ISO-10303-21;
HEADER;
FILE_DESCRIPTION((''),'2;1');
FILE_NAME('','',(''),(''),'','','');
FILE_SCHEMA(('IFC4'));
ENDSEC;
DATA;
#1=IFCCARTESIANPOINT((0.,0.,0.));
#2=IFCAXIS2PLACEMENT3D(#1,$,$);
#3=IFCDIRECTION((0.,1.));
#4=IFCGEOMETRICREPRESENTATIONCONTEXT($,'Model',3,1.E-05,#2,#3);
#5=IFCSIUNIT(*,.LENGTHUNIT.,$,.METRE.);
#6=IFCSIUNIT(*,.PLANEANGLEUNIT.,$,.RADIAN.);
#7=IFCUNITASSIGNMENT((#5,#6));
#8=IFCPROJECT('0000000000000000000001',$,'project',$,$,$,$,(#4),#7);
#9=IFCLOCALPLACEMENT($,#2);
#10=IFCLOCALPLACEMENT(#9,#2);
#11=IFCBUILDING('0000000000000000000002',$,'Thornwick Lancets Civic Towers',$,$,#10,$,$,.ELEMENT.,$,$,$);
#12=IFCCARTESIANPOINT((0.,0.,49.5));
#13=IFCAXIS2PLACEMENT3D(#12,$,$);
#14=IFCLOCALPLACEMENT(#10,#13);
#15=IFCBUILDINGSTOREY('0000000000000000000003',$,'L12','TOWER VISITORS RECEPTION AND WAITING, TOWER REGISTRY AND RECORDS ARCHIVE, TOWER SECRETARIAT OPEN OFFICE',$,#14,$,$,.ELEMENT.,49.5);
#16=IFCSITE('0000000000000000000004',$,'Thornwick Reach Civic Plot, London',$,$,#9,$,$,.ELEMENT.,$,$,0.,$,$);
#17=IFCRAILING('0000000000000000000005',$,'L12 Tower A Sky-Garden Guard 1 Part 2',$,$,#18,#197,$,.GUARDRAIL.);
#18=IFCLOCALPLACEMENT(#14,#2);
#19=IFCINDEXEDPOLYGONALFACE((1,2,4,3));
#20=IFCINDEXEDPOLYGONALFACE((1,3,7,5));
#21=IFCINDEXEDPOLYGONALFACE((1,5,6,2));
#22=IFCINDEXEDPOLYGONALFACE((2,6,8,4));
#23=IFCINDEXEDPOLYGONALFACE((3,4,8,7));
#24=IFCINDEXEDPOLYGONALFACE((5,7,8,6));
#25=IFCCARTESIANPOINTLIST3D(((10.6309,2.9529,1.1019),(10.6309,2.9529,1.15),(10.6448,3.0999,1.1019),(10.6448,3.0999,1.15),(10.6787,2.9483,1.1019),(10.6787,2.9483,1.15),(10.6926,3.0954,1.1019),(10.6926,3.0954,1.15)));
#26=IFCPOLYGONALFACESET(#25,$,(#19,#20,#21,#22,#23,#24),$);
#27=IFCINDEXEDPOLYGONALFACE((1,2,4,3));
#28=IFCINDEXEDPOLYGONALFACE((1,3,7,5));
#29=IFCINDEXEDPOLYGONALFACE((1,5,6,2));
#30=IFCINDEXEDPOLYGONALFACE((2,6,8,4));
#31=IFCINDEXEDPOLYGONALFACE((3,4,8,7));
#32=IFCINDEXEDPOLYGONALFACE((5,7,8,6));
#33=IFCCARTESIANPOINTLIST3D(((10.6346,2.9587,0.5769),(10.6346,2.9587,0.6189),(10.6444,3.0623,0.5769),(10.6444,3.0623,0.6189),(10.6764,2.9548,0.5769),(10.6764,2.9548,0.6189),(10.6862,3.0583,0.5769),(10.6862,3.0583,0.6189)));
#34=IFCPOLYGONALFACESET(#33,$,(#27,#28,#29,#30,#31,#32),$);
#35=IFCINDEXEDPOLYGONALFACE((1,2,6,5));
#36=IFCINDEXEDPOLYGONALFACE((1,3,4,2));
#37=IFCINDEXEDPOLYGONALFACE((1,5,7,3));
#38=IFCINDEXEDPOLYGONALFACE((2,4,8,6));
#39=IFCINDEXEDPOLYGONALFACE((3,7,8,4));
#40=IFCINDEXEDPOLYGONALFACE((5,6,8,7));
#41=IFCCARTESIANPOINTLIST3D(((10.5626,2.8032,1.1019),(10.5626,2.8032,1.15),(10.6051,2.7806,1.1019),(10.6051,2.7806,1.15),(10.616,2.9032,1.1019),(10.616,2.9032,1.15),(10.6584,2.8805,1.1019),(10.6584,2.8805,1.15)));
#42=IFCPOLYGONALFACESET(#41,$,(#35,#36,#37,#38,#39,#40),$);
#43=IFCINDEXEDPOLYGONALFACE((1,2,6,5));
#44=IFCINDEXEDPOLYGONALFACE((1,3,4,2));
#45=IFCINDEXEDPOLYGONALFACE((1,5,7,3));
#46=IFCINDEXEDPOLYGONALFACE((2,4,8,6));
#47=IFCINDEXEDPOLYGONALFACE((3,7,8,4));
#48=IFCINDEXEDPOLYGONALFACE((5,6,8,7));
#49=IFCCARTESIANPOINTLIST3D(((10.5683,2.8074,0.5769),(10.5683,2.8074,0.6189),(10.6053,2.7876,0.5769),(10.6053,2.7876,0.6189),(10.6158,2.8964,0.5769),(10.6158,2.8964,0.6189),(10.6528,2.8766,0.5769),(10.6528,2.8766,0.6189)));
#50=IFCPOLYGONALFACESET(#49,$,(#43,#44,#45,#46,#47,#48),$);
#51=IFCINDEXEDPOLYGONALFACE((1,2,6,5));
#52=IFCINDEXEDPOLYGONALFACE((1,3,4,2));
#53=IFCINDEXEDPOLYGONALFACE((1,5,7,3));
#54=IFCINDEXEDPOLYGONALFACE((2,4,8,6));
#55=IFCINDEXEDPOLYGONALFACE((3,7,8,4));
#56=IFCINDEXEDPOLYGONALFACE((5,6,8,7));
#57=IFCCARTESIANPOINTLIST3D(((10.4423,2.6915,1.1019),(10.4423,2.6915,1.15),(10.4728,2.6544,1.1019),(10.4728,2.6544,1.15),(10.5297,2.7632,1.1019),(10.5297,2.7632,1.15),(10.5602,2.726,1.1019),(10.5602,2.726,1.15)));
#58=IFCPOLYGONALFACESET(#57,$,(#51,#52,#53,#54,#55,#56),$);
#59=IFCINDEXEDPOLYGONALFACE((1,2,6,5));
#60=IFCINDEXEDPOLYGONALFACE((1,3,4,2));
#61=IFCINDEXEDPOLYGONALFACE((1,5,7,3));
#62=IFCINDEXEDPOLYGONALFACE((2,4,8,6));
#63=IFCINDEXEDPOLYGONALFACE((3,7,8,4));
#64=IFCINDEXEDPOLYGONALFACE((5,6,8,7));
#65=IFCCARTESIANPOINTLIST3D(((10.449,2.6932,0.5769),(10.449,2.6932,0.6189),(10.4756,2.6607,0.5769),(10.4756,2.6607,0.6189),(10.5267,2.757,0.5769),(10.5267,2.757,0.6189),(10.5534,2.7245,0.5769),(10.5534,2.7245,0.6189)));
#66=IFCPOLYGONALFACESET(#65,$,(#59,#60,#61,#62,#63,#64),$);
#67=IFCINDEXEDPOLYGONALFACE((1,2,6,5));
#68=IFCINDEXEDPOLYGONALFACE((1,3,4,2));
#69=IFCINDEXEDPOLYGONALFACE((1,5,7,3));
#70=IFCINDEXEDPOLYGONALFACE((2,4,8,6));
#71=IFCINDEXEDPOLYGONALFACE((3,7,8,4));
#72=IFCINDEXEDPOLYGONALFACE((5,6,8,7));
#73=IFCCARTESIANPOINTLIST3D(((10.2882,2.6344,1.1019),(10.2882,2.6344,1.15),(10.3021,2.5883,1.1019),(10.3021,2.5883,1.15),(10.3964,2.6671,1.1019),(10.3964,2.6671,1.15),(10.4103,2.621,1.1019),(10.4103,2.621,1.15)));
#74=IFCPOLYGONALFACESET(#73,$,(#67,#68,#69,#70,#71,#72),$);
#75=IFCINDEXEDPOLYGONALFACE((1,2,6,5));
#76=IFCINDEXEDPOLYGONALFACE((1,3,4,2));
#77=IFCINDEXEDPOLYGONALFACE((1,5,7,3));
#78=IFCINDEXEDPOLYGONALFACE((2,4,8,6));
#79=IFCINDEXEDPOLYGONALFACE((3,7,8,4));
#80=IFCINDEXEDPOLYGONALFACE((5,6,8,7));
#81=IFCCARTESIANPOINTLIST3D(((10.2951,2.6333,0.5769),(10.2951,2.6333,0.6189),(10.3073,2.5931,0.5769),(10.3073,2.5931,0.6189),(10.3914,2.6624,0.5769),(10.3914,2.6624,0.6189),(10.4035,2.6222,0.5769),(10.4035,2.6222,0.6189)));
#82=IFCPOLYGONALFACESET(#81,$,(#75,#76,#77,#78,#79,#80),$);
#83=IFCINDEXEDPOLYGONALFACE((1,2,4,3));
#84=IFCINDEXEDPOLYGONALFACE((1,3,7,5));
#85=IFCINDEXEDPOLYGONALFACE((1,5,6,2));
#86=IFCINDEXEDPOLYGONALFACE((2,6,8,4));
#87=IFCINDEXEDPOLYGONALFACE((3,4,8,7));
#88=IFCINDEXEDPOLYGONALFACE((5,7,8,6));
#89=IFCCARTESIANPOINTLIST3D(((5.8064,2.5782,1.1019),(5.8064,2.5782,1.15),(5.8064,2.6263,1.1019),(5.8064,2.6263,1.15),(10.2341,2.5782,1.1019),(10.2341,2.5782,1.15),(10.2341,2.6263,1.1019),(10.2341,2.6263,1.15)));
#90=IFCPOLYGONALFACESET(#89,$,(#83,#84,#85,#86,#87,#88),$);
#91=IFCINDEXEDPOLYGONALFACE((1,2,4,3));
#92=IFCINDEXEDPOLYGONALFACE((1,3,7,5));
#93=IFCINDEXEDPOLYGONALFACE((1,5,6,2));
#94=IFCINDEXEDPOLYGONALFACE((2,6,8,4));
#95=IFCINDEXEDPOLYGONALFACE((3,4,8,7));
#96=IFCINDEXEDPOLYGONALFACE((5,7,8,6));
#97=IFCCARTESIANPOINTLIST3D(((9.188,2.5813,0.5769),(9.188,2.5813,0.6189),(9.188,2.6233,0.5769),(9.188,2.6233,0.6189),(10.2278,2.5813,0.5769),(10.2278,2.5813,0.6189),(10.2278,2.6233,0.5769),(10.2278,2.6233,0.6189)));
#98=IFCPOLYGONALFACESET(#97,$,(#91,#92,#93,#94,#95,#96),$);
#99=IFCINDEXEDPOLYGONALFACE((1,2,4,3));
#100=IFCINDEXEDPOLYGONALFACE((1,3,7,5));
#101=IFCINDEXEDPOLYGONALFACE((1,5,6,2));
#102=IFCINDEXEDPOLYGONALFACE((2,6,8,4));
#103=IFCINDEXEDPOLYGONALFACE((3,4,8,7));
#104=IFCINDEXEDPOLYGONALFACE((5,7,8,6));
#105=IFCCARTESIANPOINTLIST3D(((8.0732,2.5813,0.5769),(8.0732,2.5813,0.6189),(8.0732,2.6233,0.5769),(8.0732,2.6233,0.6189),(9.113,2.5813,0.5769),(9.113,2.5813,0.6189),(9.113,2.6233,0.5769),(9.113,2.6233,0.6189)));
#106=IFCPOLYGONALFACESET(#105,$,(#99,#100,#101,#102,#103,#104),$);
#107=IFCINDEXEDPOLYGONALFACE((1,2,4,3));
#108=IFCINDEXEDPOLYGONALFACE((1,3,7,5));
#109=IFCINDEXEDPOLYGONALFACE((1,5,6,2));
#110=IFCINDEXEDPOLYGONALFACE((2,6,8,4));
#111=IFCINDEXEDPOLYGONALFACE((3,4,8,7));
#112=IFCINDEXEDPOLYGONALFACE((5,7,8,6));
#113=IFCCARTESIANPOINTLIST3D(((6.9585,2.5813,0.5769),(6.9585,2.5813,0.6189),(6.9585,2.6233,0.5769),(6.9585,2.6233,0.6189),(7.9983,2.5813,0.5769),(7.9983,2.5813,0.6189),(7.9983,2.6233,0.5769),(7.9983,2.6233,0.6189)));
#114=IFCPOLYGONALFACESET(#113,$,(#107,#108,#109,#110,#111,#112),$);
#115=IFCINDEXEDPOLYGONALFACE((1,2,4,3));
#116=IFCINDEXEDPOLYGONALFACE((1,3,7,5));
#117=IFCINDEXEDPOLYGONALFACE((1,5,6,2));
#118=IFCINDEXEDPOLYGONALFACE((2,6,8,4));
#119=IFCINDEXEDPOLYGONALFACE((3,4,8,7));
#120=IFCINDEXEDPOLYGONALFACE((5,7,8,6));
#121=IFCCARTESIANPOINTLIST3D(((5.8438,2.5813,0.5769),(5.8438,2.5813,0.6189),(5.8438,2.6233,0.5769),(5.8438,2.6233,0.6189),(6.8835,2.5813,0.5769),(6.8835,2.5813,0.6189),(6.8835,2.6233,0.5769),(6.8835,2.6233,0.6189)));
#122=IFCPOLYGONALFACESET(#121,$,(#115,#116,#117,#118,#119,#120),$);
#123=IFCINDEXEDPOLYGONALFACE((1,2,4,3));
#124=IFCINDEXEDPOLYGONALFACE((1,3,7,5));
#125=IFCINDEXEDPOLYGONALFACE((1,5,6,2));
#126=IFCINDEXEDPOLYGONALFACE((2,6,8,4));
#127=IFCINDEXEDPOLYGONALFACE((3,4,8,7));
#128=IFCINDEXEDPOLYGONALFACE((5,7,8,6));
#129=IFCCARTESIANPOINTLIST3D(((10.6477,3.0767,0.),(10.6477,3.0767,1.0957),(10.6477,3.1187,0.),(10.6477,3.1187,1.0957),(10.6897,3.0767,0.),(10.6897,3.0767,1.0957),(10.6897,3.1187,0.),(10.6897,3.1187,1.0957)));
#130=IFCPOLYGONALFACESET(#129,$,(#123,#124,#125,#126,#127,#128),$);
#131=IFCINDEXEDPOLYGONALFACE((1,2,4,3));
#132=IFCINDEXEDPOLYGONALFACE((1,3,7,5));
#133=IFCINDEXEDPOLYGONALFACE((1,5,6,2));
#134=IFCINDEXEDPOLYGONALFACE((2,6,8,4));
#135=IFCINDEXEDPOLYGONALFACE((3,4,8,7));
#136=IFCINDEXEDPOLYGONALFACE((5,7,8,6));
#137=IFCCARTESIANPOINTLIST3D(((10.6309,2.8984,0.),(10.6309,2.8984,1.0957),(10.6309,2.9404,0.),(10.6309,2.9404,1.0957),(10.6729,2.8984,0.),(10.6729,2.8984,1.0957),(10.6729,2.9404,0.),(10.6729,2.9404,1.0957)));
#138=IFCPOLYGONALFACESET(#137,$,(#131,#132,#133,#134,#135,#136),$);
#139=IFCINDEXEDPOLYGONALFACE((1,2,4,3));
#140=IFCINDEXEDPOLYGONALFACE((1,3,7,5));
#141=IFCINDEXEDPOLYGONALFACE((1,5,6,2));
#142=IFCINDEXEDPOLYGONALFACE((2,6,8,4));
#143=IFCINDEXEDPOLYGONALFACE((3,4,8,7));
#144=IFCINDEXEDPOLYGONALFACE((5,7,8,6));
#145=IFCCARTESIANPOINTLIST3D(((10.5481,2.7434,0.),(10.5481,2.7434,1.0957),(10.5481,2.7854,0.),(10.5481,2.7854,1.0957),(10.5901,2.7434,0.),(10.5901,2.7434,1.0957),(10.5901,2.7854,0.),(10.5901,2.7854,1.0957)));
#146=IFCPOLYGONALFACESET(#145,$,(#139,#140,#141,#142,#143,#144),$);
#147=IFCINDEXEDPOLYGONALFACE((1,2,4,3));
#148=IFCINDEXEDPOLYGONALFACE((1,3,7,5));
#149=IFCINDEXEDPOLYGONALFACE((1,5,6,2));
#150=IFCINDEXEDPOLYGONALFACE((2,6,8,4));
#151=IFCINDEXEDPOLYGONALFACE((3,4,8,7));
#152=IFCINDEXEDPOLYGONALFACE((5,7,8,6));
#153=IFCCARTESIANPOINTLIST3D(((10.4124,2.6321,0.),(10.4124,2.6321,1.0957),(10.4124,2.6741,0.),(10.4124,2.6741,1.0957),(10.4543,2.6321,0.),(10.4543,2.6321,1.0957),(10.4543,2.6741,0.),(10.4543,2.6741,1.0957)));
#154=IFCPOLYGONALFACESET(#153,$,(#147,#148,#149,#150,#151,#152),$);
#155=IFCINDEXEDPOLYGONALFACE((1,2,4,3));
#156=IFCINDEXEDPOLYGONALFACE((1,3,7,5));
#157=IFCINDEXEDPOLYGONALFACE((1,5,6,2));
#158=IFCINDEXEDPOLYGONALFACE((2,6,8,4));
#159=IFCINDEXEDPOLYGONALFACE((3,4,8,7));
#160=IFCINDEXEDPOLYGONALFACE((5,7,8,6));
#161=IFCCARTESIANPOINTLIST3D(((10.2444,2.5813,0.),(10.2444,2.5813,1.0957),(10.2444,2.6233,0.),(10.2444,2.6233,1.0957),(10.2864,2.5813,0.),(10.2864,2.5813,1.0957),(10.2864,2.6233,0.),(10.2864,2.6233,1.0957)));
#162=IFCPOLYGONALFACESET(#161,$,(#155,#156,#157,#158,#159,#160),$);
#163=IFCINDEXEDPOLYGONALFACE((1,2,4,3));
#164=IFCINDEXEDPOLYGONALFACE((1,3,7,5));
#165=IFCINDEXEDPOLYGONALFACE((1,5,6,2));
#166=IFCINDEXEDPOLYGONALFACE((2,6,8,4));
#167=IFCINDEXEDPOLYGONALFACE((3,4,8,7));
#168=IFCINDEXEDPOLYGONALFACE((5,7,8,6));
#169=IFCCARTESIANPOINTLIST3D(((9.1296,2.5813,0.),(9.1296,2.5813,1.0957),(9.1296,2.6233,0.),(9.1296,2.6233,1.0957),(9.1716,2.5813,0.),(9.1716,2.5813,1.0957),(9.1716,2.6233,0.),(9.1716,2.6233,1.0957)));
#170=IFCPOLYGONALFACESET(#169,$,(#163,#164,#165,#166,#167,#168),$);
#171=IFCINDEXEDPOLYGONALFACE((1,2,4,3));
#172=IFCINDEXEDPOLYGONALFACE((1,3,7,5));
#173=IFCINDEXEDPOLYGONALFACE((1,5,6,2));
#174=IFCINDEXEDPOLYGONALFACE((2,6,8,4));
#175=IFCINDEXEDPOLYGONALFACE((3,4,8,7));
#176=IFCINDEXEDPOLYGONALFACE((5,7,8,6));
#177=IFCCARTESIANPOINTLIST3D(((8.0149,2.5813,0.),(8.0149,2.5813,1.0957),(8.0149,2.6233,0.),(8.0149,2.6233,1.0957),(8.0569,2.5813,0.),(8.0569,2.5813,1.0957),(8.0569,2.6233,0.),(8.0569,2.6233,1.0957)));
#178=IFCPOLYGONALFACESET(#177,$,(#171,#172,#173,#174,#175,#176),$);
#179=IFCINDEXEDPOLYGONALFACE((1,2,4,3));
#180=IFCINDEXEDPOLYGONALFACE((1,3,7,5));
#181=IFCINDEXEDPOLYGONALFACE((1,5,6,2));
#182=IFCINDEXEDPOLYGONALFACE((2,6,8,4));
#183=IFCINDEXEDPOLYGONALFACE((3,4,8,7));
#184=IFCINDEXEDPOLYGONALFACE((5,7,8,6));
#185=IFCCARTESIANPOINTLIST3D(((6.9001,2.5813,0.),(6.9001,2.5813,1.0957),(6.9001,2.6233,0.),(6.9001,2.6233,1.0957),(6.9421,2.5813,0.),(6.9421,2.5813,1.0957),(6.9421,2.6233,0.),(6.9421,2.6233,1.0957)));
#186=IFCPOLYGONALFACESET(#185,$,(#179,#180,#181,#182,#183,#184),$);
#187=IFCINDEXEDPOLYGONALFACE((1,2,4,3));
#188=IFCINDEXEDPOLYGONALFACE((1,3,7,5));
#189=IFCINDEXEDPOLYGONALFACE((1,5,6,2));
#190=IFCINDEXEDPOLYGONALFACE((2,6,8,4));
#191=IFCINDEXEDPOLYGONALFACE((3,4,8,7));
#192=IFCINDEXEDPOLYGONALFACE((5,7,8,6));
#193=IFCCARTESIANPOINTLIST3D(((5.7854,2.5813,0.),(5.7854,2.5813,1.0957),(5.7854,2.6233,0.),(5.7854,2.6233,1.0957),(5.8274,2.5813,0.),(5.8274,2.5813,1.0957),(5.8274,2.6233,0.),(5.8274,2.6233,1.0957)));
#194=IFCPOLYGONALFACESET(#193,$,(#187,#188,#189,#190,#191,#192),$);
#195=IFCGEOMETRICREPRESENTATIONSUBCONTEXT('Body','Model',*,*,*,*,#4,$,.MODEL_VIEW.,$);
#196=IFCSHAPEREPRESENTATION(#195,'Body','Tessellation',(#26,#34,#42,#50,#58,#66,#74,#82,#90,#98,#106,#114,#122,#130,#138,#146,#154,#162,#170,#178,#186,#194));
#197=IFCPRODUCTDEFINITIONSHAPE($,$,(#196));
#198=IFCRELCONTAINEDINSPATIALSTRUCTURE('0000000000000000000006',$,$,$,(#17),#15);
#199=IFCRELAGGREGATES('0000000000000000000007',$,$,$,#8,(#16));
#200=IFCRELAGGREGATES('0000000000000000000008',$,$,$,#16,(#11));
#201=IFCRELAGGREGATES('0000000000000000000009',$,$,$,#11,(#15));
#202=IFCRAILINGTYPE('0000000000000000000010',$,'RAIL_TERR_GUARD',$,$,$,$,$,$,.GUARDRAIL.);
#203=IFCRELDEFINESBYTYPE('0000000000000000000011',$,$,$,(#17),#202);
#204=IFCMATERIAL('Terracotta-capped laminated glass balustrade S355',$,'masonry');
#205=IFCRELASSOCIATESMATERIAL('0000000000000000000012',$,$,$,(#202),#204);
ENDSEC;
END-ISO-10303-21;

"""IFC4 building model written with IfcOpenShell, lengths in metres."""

from ifc_helpers import new_model, si_unit, direction, frame, origin, origin_2d, place, context, subcontext, project, spatial, rectangle, extrude, material, type_object, element, save


model = new_model("IFC4")

# Units and contexts
model_context = context("Model", 3, precision=1e-05, world=origin(), true_north=direction((0.0, 1.0)))
body_context = subcontext(model_context, "Body", "Model", "MODEL_VIEW")
ifc_project = project(units=[si_unit("LENGTHUNIT", "METRE"), si_unit("PLANEANGLEUNIT", "RADIAN")], contexts=[model_context])

# Site, building, storey
site_placement = place(None, origin())
site = spatial("IfcSite", under=ifc_project, at=site_placement, Name="Thornwick Reach Civic Plot, London", CompositionType="ELEMENT", RefElevation=0.0)
building_placement = place(site_placement, origin())
building = spatial("IfcBuilding", under=site, at=building_placement, Name="Thornwick Lancets Civic Towers", CompositionType="ELEMENT")
storey_placement = place(building_placement, frame((0.0, 0.0, 49.5)))
storey = spatial("IfcBuildingStorey", under=building, at=storey_placement, Name="L12", Description="TOWER VISITORS RECEPTION AND WAITING, TOWER REGISTRY AND RECORDS ARCHIVE, TOWER SECRETARIAT OPEN OFFICE", CompositionType="ELEMENT", Elevation=49.5)

# Railing
ifc_material_1 = material(Name="Terracotta-capped laminated glass balustrade S355", Category="masonry")
railing_type = type_object("IfcRailingType", Name="RAIL_TERR_GUARD", PredefinedType="GUARDRAIL", material=ifc_material_1)
railing_placement = place(storey_placement, frame((10.6687, 3.0977, 0.0)))
element("IfcRailing", 1, at=railing_placement, inside=storey, type_object=railing_type, Name="L12 Tower A Sky-Garden Guard 1 Part 2", PredefinedType="GUARDRAIL", context=body_context, shape_type="SweptSolid", body=[
    extrude(rectangle(XDim=0.0481, YDim=0.0481, at=origin_2d()), frame((0.0, 0.0, 1.126), z_axis=(-0.094101, -0.995563, 0.0), x_axis=(0.995563, -0.094101, 0.0)), (0.0, 0.0, 1.0), 0.1477),
    extrude(rectangle(XDim=0.042, YDim=0.042, at=origin_2d()), frame((-0.0034, -0.0374, 0.5979), z_axis=(-0.094101, -0.995563, 0.0), x_axis=(0.995563, -0.094101, 0.0)), (0.0, 0.0, 1.0), 0.104),
    extrude(rectangle(XDim=0.0481, YDim=0.0481, at=origin_2d()), frame((-0.0315, -0.2058, 1.126), z_axis=(-0.470949, -0.882161, 0.0), x_axis=(0.882161, -0.470949, 0.0)), (0.0, 0.0, 1.0), 0.1133),
    extrude(rectangle(XDim=0.042, YDim=0.042, at=origin_2d()), frame((-0.0344, -0.2112, 0.5979), z_axis=(-0.470949, -0.882161, 0.0), x_axis=(0.882161, -0.470949, 0.0)), (0.0, 0.0, 1.0), 0.1008),
    extrude(rectangle(XDim=0.0481, YDim=0.0481, at=origin_2d()), frame((-0.1238, -0.353, 1.126), z_axis=(-0.773213, -0.634146, 0.0), x_axis=(0.634146, -0.773213, 0.0)), (0.0, 0.0, 1.0), 0.113),
    extrude(rectangle(XDim=0.042, YDim=0.042, at=origin_2d()), frame((-0.1287, -0.3569, 0.5979), z_axis=(-0.773213, -0.634146, 0.0), x_axis=(0.634146, -0.773213, 0.0)), (0.0, 0.0, 1.0), 0.1006),
    extrude(rectangle(XDim=0.0481, YDim=0.0481, at=origin_2d()), frame((-0.2654, -0.4536, 1.126), z_axis=(-0.957211, -0.28939, 0.0), x_axis=(0.28939, -0.957211, 0.0)), (0.0, 0.0, 1.0), 0.113),
    extrude(rectangle(XDim=0.042, YDim=0.042, at=origin_2d()), frame((-0.2712, -0.4553, 0.5979), z_axis=(-0.957211, -0.28939, 0.0), x_axis=(0.28939, -0.957211, 0.0)), (0.0, 0.0, 1.0), 0.1006),
    extrude(rectangle(XDim=0.0481, YDim=0.0481, at=origin_2d()), frame((-0.4346, -0.4954, 1.126), z_axis=(-1.0, 0.0, 0.0), x_axis=(0.0, -1.0, 0.0)), (0.0, 0.0, 1.0), 4.4277),
    extrude(rectangle(XDim=0.042, YDim=0.042, at=origin_2d()), frame((-0.4409, -0.4954, 0.5979), z_axis=(-1.0, 0.0, 0.0), x_axis=(0.0, -1.0, 0.0)), (0.0, 0.0, 1.0), 1.0398),
    extrude(rectangle(XDim=0.042, YDim=0.042, at=origin_2d()), frame((-1.5557, -0.4954, 0.5979), z_axis=(-1.0, 0.0, 0.0), x_axis=(0.0, -1.0, 0.0)), (0.0, 0.0, 1.0), 1.0398),
    extrude(rectangle(XDim=0.042, YDim=0.042, at=origin_2d()), frame((-2.6704, -0.4954, 0.5979), z_axis=(-1.0, 0.0, 0.0), x_axis=(0.0, -1.0, 0.0)), (0.0, 0.0, 1.0), 1.0398),
    extrude(rectangle(XDim=0.042, YDim=0.042, at=origin_2d()), frame((-3.7852, -0.4954, 0.5979), z_axis=(-1.0, 0.0, 0.0), x_axis=(0.0, -1.0, 0.0)), (0.0, 0.0, 1.0), 1.0398),
    extrude(rectangle(XDim=0.042, YDim=0.042, at=origin_2d()), origin(), (0.0, 0.0, 1.0), 1.0957),
    extrude(rectangle(XDim=0.042, YDim=0.042, at=origin_2d()), frame((-0.0168, -0.1782, 0.0)), (0.0, 0.0, 1.0), 1.0957),
    extrude(rectangle(XDim=0.042, YDim=0.042, at=origin_2d()), frame((-0.0996, -0.3333, 0.0)), (0.0, 0.0, 1.0), 1.0957),
    extrude(rectangle(XDim=0.042, YDim=0.042, at=origin_2d()), frame((-0.2354, -0.4446, 0.0)), (0.0, 0.0, 1.0), 1.0957),
    extrude(rectangle(XDim=0.042, YDim=0.042, at=origin_2d()), frame((-0.4033, -0.4954, 0.0)), (0.0, 0.0, 1.0), 1.0957),
    extrude(rectangle(XDim=0.042, YDim=0.042, at=origin_2d()), frame((-1.5181, -0.4954, 0.0)), (0.0, 0.0, 1.0), 1.0957),
    extrude(rectangle(XDim=0.042, YDim=0.042, at=origin_2d()), frame((-2.6328, -0.4954, 0.0)), (0.0, 0.0, 1.0), 1.0957),
    extrude(rectangle(XDim=0.042, YDim=0.042, at=origin_2d()), frame((-3.7476, -0.4954, 0.0)), (0.0, 0.0, 1.0), 1.0957),
    extrude(rectangle(XDim=0.042, YDim=0.042, at=origin_2d()), frame((-4.8623, -0.4954, 0.0)), (0.0, 0.0, 1.0), 1.0957),
])

save(model, "model.ifc")
